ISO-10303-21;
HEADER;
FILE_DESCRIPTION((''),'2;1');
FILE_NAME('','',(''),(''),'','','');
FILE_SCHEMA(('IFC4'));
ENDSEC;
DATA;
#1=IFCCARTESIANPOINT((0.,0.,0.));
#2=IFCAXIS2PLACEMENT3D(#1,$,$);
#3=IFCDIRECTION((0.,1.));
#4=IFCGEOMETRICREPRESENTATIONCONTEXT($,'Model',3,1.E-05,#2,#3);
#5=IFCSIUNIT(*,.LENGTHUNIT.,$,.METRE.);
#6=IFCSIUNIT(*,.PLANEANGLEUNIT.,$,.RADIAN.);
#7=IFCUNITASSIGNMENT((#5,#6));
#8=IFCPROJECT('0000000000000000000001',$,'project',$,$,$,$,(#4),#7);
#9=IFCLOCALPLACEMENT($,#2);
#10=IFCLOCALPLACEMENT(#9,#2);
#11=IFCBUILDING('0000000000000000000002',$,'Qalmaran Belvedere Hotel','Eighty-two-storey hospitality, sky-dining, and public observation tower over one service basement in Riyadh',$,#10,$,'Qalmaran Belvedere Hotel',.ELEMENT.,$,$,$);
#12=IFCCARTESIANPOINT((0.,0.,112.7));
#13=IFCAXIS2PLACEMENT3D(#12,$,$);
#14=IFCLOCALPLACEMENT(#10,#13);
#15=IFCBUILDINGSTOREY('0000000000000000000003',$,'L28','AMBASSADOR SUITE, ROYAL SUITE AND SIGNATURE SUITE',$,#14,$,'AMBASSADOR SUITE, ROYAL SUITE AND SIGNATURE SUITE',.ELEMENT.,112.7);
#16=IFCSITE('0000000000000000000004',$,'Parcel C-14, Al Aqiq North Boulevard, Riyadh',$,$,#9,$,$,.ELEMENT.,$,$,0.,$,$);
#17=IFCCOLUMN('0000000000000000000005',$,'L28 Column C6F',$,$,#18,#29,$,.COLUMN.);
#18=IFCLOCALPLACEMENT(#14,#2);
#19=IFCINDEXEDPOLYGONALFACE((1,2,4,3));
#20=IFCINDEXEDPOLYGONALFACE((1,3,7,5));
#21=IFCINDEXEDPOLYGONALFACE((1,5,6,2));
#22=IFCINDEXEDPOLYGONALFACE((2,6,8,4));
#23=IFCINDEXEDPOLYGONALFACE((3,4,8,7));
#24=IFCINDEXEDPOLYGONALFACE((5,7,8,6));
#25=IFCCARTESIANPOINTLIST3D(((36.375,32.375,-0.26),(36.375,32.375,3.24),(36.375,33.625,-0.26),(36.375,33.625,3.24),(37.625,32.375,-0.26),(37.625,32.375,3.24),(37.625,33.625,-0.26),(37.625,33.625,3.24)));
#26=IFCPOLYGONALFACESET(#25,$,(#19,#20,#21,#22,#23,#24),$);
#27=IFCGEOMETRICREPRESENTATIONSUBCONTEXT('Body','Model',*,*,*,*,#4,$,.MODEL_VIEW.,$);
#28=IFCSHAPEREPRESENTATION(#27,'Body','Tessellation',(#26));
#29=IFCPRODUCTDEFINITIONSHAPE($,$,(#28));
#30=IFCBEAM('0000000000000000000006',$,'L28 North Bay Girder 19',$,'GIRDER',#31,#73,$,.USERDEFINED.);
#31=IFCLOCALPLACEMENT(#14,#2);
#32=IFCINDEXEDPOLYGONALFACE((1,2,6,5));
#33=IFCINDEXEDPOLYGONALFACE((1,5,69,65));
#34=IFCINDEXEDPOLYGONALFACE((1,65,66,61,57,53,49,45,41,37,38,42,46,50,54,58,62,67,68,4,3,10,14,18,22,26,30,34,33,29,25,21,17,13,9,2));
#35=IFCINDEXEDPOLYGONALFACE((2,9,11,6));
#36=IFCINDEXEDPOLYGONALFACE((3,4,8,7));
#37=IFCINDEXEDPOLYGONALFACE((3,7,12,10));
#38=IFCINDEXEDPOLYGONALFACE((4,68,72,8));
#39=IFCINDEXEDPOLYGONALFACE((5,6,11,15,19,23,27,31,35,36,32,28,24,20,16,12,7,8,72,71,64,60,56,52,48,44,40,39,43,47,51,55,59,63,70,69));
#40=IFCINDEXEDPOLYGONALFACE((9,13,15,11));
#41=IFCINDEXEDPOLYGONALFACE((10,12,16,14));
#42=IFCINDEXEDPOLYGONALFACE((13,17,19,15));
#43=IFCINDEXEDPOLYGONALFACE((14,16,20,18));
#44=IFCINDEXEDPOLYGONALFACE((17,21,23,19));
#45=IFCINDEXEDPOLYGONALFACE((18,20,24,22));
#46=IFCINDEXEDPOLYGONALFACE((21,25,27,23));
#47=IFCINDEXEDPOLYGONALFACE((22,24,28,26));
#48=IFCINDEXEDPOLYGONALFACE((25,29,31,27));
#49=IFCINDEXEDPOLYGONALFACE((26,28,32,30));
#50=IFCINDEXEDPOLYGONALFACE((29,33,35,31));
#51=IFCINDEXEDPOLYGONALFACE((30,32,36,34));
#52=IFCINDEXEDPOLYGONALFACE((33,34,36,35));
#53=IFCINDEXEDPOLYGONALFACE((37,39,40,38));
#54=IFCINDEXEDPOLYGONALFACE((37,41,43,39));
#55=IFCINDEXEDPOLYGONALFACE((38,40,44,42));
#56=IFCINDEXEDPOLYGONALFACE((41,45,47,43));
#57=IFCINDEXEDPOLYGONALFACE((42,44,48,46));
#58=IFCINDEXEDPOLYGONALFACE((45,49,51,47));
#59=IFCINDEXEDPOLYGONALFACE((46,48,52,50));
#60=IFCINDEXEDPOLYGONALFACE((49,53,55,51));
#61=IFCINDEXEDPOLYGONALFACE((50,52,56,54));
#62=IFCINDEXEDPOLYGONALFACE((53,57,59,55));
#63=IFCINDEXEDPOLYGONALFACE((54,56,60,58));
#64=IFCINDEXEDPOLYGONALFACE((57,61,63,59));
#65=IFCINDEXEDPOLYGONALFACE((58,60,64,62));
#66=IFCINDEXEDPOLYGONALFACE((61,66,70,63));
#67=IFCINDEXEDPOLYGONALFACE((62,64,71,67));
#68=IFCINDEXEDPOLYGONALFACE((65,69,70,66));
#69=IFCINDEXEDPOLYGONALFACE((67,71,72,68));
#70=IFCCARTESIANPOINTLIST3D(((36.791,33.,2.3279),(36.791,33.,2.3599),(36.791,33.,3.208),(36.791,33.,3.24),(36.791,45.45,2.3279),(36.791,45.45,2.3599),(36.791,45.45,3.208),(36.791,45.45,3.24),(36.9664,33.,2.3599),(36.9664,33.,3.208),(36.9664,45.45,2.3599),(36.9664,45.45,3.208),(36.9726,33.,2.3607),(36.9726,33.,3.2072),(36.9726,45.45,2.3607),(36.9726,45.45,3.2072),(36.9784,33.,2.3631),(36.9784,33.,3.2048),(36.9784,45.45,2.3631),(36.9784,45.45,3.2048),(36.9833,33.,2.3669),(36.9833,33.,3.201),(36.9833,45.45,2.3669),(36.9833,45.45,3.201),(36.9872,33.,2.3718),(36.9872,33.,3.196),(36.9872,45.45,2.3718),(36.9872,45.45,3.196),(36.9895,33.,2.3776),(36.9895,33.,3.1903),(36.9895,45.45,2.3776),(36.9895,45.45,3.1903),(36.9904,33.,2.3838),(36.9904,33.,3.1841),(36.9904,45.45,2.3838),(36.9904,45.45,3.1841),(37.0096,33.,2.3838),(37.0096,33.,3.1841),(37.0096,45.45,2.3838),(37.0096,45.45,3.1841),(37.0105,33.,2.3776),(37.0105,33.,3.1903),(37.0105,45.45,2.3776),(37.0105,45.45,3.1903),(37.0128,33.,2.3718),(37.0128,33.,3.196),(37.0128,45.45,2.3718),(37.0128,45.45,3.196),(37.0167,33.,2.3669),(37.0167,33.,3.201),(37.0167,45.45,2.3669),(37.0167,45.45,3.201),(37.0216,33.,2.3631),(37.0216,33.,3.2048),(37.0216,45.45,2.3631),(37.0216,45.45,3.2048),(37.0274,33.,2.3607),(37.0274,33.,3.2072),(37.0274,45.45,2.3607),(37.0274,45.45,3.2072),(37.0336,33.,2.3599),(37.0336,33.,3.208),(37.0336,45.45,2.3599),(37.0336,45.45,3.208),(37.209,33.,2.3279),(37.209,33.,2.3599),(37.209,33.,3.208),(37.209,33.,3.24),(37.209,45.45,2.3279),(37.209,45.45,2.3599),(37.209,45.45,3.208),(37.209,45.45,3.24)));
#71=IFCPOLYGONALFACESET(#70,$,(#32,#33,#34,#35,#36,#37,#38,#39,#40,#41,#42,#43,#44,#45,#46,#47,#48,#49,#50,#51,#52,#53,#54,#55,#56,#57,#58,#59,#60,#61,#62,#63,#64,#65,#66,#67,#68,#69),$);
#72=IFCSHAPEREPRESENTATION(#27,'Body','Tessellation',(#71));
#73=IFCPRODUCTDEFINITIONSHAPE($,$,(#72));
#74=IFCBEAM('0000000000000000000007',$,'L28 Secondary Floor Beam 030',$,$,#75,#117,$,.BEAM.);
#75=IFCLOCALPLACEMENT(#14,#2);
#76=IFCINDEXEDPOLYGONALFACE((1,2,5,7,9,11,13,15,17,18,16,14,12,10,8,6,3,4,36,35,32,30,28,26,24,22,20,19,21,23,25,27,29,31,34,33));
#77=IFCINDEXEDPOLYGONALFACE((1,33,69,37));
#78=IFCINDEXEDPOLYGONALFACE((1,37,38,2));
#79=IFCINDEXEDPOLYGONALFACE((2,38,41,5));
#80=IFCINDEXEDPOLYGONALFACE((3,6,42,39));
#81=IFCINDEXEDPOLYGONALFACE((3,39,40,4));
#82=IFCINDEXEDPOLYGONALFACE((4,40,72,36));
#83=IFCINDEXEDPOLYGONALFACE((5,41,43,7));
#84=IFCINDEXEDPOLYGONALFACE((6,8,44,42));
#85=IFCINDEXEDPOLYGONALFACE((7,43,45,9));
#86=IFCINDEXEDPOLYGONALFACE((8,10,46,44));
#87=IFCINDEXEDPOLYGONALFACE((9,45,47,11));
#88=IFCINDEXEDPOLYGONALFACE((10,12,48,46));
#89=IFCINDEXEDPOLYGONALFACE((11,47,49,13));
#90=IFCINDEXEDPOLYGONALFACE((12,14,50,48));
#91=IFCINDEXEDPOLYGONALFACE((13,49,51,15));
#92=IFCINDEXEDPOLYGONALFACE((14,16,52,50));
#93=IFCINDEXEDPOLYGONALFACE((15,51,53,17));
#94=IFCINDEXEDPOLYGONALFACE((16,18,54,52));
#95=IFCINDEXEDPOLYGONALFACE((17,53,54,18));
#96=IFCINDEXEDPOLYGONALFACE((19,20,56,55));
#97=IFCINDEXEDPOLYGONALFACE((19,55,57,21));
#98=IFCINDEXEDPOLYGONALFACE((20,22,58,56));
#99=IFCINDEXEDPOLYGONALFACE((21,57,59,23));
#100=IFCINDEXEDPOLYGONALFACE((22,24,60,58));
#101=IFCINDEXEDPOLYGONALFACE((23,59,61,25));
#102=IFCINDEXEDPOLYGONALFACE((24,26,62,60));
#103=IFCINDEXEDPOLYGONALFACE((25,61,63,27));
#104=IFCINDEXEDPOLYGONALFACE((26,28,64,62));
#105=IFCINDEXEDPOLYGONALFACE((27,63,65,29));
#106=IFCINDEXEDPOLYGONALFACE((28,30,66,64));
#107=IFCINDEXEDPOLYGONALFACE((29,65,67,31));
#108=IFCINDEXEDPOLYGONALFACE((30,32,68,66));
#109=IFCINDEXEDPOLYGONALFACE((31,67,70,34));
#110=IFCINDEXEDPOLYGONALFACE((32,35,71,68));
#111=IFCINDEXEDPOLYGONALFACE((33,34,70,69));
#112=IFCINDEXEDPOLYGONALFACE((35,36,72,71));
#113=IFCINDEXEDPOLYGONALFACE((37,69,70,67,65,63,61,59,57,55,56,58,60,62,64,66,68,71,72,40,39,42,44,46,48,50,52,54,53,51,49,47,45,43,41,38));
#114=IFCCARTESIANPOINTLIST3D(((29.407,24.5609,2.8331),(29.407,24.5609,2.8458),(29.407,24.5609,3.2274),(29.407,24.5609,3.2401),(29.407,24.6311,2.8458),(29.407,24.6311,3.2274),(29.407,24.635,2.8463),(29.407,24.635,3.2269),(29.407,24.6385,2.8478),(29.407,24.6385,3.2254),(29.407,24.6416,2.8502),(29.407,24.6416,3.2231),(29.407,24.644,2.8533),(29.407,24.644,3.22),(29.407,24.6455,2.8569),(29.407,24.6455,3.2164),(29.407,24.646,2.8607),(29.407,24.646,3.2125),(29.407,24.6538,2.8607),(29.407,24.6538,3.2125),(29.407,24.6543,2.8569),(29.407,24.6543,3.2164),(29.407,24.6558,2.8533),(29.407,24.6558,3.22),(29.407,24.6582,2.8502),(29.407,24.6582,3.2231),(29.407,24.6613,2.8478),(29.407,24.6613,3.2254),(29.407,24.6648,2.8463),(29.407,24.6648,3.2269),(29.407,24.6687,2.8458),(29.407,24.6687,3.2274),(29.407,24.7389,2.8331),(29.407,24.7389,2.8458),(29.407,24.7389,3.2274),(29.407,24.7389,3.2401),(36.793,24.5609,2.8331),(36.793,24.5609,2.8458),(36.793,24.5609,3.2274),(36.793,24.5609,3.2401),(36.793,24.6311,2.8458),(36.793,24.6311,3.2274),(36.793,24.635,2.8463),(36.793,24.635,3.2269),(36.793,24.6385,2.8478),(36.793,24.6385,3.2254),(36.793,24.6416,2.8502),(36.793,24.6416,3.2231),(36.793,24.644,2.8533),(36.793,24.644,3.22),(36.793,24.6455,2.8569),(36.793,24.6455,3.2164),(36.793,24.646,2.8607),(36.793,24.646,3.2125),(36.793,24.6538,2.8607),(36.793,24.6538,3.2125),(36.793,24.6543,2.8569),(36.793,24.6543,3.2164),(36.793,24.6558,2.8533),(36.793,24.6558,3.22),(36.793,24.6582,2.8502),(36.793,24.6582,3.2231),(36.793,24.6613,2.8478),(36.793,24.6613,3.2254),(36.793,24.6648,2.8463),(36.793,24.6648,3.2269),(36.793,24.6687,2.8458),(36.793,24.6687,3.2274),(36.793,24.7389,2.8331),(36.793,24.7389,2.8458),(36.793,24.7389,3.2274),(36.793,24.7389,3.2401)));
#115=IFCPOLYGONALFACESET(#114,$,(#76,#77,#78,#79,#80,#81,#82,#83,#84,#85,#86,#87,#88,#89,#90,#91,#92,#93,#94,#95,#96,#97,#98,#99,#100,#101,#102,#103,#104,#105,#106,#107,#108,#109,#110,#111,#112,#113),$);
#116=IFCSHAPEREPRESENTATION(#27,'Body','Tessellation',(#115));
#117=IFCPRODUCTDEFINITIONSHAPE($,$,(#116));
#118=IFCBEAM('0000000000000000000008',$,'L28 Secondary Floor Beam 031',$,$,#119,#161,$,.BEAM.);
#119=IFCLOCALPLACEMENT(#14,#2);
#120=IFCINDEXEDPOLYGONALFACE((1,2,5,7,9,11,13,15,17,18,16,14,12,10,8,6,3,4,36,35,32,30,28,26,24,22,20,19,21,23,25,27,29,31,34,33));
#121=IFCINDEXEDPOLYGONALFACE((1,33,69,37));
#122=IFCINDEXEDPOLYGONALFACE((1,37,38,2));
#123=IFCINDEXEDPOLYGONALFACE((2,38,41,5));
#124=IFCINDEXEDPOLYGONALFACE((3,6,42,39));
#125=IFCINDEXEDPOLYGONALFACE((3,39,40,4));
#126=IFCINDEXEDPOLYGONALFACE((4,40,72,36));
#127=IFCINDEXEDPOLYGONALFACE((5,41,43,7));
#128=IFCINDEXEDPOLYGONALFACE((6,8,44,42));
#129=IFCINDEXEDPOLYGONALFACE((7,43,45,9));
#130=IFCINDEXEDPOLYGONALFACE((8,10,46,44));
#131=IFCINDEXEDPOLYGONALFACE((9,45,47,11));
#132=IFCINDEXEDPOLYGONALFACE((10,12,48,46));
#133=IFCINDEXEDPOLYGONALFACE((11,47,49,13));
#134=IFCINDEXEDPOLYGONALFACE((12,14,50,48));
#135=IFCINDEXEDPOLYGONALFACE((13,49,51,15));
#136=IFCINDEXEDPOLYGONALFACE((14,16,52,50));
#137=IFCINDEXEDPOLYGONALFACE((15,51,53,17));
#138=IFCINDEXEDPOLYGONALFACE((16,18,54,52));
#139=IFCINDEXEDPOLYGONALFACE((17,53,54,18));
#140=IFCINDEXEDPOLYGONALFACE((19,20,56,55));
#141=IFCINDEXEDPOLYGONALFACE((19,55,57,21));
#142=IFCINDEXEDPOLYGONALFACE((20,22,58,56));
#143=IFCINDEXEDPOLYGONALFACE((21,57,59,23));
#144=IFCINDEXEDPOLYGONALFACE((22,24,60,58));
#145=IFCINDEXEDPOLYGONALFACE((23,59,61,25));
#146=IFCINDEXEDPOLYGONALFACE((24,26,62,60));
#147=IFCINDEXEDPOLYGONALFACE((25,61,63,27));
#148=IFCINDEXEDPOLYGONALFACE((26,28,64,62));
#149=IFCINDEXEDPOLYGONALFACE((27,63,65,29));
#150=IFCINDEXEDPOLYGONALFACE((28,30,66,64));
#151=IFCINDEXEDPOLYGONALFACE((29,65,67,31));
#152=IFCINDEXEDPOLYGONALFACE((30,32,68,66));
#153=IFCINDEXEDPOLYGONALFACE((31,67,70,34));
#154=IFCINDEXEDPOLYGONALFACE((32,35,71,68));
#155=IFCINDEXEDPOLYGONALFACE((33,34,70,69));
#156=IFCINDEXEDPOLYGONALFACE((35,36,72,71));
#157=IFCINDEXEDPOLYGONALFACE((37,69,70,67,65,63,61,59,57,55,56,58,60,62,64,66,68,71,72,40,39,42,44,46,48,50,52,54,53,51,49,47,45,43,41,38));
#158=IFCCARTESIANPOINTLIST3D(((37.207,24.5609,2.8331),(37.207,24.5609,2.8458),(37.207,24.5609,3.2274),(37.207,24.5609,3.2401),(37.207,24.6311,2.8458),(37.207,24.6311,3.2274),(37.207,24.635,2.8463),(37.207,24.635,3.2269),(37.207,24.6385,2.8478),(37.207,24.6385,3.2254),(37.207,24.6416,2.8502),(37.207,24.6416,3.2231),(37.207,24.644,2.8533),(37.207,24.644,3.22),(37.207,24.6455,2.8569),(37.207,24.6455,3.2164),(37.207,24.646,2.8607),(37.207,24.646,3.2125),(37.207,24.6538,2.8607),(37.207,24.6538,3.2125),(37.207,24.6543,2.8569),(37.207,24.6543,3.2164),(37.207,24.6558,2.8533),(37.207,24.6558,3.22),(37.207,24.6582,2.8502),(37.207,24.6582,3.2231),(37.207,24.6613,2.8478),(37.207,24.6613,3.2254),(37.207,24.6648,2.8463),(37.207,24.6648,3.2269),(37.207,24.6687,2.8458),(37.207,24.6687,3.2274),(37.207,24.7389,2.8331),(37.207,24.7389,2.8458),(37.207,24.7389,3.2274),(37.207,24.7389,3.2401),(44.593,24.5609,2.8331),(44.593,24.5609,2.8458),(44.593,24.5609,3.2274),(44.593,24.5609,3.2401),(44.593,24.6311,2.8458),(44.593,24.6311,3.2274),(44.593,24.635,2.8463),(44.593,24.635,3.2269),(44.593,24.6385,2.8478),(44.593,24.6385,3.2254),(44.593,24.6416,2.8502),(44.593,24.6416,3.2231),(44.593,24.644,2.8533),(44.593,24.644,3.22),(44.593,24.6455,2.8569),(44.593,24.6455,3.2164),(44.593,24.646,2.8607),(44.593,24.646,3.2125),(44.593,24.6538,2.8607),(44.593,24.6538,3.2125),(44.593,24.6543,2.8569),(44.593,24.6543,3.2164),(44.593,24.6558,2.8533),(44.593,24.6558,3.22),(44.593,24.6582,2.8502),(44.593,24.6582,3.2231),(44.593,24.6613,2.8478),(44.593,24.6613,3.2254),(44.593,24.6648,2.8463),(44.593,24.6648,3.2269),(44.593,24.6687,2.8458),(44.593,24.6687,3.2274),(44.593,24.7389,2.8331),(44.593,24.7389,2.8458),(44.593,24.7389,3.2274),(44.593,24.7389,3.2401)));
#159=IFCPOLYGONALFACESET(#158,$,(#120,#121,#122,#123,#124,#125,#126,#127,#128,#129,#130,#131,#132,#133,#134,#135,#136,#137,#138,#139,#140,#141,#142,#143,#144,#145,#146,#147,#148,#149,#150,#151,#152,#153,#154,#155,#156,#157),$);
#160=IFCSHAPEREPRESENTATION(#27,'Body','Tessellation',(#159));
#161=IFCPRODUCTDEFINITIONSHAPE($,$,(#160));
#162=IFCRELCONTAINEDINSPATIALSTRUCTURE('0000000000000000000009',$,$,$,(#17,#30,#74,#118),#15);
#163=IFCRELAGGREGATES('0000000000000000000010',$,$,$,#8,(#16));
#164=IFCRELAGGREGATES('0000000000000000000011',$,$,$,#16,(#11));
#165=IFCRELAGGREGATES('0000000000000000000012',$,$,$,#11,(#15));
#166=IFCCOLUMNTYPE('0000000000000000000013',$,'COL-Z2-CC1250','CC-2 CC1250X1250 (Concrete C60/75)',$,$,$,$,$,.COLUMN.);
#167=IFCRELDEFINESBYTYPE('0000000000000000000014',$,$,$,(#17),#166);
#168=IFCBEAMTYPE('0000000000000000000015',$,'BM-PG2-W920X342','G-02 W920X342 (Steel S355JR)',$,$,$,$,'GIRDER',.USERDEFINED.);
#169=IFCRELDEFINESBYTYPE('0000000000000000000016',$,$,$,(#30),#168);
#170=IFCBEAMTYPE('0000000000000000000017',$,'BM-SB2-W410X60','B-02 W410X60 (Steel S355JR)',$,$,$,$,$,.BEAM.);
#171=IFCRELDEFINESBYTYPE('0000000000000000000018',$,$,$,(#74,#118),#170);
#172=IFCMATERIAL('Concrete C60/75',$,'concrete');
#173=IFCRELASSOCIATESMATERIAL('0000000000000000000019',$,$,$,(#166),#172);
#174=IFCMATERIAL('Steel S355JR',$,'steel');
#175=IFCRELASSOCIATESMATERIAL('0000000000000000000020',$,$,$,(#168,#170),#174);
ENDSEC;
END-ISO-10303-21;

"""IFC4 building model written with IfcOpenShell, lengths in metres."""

from ifc_helpers import new_model, si_unit, direction, frame, origin, origin_2d, place, context, subcontext, project, spatial, rectangle, i_section, extrude, material, material_profile, profile_set, type_object, element, save


model = new_model("IFC4")

# Units and contexts
model_context = context("Model", 3, precision=1e-05, world=origin(), true_north=direction((0.0, 1.0)))
body_context = subcontext(model_context, "Body", "Model", "MODEL_VIEW")
ifc_project = project(units=[si_unit("LENGTHUNIT", "METRE"), si_unit("PLANEANGLEUNIT", "RADIAN")], contexts=[model_context])

# Site, building, storey
site_placement = place(None, origin())
site = spatial("IfcSite", under=ifc_project, at=site_placement, Name="Parcel C-14, Al Aqiq North Boulevard, Riyadh", CompositionType="ELEMENT", RefElevation=0.0)
building_placement = place(site_placement, origin())
building = spatial("IfcBuilding", under=site, at=building_placement, Name="Qalmaran Belvedere Hotel", Description="Eighty-two-storey hospitality, sky-dining, and public observation tower over one service basement in Riyadh", LongName="Qalmaran Belvedere Hotel", CompositionType="ELEMENT")
storey_placement = place(building_placement, frame((0.0, 0.0, 112.7)))
storey = spatial("IfcBuildingStorey", under=building, at=storey_placement, Name="L28", Description="AMBASSADOR SUITE, ROYAL SUITE AND SIGNATURE SUITE", LongName="AMBASSADOR SUITE, ROYAL SUITE AND SIGNATURE SUITE", CompositionType="ELEMENT", Elevation=112.7)

# Column
ifc_material_1 = material(Name="Concrete C60/75", Category="concrete")
ifc_material_profile_1 = material_profile(ifc_material_1, rectangle(XDim=1.25, YDim=1.25, at=origin_2d()), Name="CC1250X1250")
ifc_profile_set_1 = profile_set([ifc_material_profile_1], Name="Concrete C60/75")
column_type = type_object("IfcColumnType", Name="COL-Z2-CC1250", Description="CC-2 CC1250X1250 (Concrete C60/75)", PredefinedType="COLUMN", material=ifc_profile_set_1)
column_placement = place(storey_placement, frame((37.0, 33.0, -0.26), z_axis=(0.0, 0.0, 1.0), x_axis=(1.0, 0.0, 0.0)))
element("IfcColumn", 1, at=column_placement, inside=storey, type_object=column_type, Name="L28 Column C6F", PredefinedType="COLUMN", context=body_context, shape_type="SweptSolid", body=[
    extrude(rectangle(XDim=1.25, YDim=1.25, at=origin_2d()), origin(), (0.0, 0.0, 1.0), 3.5),
])

# Beams
ifc_material_2 = material(Name="Steel S355JR", Category="steel")
ifc_material_profile_2 = material_profile(ifc_material_2, i_section(OverallWidth=0.418, OverallDepth=0.9121, WebThickness=0.0193, FlangeThickness=0.032, FilletRadius=0.0239, at=origin_2d()), Name="W920X342")
ifc_profile_set_2 = profile_set([ifc_material_profile_2], Name="Steel S355JR")
beam_type_1 = type_object("IfcBeamType", Name="BM-PG2-W920X342", Description="G-02 W920X342 (Steel S355JR)", ElementType="GIRDER", PredefinedType="USERDEFINED", material=ifc_profile_set_2)
beam_1_placement = place(storey_placement, frame((37.0, 33.0, 2.7839), z_axis=(0.0, 1.0, 0.0), x_axis=(-1.0, 0.0, 0.0)))
element("IfcBeam", 2, at=beam_1_placement, inside=storey, type_object=beam_type_1, Name="L28 North Bay Girder 19", ObjectType="GIRDER", PredefinedType="USERDEFINED", context=body_context, shape_type="SweptSolid", body=[
    extrude(i_section(OverallWidth=0.418, OverallDepth=0.9121, WebThickness=0.0193, FlangeThickness=0.032, FilletRadius=0.0239, at=origin_2d()), origin(), (0.0, 0.0, 1.0), 12.45),
])
ifc_material_profile_3 = material_profile(ifc_material_2, i_section(OverallWidth=0.178, OverallDepth=0.407, WebThickness=0.0078, FlangeThickness=0.0127, FilletRadius=0.0149, at=origin_2d()), Name="W410X60")
ifc_profile_set_3 = profile_set([ifc_material_profile_3], Name="Steel S355JR")
beam_type_2 = type_object("IfcBeamType", Name="BM-SB2-W410X60", Description="B-02 W410X60 (Steel S355JR)", PredefinedType="BEAM", material=ifc_profile_set_3)
for number, where, z_axis, x_axis, name in (
    (3, (29.407, 24.6499, 3.0366), (1.0, 0.0, 0.0), (0.0, 1.0, 0.0), "L28 Secondary Floor Beam 030"),
    (4, (37.207, 24.6499, 3.0366), (1.0, 0.0, 0.0), (0.0, 1.0, 0.0), "L28 Secondary Floor Beam 031"),
):
    element("IfcBeam", number, at=place(storey_placement, frame(where, z_axis=z_axis, x_axis=x_axis)), inside=storey, type_object=beam_type_2, Name=name, PredefinedType="BEAM", context=body_context, shape_type="SweptSolid", body=[
        extrude(i_section(OverallWidth=0.178, OverallDepth=0.407, WebThickness=0.0078, FlangeThickness=0.0127, FilletRadius=0.0149, at=origin_2d()), origin(), (0.0, 0.0, 1.0), 7.386),
    ])

save(model, "model.ifc")
